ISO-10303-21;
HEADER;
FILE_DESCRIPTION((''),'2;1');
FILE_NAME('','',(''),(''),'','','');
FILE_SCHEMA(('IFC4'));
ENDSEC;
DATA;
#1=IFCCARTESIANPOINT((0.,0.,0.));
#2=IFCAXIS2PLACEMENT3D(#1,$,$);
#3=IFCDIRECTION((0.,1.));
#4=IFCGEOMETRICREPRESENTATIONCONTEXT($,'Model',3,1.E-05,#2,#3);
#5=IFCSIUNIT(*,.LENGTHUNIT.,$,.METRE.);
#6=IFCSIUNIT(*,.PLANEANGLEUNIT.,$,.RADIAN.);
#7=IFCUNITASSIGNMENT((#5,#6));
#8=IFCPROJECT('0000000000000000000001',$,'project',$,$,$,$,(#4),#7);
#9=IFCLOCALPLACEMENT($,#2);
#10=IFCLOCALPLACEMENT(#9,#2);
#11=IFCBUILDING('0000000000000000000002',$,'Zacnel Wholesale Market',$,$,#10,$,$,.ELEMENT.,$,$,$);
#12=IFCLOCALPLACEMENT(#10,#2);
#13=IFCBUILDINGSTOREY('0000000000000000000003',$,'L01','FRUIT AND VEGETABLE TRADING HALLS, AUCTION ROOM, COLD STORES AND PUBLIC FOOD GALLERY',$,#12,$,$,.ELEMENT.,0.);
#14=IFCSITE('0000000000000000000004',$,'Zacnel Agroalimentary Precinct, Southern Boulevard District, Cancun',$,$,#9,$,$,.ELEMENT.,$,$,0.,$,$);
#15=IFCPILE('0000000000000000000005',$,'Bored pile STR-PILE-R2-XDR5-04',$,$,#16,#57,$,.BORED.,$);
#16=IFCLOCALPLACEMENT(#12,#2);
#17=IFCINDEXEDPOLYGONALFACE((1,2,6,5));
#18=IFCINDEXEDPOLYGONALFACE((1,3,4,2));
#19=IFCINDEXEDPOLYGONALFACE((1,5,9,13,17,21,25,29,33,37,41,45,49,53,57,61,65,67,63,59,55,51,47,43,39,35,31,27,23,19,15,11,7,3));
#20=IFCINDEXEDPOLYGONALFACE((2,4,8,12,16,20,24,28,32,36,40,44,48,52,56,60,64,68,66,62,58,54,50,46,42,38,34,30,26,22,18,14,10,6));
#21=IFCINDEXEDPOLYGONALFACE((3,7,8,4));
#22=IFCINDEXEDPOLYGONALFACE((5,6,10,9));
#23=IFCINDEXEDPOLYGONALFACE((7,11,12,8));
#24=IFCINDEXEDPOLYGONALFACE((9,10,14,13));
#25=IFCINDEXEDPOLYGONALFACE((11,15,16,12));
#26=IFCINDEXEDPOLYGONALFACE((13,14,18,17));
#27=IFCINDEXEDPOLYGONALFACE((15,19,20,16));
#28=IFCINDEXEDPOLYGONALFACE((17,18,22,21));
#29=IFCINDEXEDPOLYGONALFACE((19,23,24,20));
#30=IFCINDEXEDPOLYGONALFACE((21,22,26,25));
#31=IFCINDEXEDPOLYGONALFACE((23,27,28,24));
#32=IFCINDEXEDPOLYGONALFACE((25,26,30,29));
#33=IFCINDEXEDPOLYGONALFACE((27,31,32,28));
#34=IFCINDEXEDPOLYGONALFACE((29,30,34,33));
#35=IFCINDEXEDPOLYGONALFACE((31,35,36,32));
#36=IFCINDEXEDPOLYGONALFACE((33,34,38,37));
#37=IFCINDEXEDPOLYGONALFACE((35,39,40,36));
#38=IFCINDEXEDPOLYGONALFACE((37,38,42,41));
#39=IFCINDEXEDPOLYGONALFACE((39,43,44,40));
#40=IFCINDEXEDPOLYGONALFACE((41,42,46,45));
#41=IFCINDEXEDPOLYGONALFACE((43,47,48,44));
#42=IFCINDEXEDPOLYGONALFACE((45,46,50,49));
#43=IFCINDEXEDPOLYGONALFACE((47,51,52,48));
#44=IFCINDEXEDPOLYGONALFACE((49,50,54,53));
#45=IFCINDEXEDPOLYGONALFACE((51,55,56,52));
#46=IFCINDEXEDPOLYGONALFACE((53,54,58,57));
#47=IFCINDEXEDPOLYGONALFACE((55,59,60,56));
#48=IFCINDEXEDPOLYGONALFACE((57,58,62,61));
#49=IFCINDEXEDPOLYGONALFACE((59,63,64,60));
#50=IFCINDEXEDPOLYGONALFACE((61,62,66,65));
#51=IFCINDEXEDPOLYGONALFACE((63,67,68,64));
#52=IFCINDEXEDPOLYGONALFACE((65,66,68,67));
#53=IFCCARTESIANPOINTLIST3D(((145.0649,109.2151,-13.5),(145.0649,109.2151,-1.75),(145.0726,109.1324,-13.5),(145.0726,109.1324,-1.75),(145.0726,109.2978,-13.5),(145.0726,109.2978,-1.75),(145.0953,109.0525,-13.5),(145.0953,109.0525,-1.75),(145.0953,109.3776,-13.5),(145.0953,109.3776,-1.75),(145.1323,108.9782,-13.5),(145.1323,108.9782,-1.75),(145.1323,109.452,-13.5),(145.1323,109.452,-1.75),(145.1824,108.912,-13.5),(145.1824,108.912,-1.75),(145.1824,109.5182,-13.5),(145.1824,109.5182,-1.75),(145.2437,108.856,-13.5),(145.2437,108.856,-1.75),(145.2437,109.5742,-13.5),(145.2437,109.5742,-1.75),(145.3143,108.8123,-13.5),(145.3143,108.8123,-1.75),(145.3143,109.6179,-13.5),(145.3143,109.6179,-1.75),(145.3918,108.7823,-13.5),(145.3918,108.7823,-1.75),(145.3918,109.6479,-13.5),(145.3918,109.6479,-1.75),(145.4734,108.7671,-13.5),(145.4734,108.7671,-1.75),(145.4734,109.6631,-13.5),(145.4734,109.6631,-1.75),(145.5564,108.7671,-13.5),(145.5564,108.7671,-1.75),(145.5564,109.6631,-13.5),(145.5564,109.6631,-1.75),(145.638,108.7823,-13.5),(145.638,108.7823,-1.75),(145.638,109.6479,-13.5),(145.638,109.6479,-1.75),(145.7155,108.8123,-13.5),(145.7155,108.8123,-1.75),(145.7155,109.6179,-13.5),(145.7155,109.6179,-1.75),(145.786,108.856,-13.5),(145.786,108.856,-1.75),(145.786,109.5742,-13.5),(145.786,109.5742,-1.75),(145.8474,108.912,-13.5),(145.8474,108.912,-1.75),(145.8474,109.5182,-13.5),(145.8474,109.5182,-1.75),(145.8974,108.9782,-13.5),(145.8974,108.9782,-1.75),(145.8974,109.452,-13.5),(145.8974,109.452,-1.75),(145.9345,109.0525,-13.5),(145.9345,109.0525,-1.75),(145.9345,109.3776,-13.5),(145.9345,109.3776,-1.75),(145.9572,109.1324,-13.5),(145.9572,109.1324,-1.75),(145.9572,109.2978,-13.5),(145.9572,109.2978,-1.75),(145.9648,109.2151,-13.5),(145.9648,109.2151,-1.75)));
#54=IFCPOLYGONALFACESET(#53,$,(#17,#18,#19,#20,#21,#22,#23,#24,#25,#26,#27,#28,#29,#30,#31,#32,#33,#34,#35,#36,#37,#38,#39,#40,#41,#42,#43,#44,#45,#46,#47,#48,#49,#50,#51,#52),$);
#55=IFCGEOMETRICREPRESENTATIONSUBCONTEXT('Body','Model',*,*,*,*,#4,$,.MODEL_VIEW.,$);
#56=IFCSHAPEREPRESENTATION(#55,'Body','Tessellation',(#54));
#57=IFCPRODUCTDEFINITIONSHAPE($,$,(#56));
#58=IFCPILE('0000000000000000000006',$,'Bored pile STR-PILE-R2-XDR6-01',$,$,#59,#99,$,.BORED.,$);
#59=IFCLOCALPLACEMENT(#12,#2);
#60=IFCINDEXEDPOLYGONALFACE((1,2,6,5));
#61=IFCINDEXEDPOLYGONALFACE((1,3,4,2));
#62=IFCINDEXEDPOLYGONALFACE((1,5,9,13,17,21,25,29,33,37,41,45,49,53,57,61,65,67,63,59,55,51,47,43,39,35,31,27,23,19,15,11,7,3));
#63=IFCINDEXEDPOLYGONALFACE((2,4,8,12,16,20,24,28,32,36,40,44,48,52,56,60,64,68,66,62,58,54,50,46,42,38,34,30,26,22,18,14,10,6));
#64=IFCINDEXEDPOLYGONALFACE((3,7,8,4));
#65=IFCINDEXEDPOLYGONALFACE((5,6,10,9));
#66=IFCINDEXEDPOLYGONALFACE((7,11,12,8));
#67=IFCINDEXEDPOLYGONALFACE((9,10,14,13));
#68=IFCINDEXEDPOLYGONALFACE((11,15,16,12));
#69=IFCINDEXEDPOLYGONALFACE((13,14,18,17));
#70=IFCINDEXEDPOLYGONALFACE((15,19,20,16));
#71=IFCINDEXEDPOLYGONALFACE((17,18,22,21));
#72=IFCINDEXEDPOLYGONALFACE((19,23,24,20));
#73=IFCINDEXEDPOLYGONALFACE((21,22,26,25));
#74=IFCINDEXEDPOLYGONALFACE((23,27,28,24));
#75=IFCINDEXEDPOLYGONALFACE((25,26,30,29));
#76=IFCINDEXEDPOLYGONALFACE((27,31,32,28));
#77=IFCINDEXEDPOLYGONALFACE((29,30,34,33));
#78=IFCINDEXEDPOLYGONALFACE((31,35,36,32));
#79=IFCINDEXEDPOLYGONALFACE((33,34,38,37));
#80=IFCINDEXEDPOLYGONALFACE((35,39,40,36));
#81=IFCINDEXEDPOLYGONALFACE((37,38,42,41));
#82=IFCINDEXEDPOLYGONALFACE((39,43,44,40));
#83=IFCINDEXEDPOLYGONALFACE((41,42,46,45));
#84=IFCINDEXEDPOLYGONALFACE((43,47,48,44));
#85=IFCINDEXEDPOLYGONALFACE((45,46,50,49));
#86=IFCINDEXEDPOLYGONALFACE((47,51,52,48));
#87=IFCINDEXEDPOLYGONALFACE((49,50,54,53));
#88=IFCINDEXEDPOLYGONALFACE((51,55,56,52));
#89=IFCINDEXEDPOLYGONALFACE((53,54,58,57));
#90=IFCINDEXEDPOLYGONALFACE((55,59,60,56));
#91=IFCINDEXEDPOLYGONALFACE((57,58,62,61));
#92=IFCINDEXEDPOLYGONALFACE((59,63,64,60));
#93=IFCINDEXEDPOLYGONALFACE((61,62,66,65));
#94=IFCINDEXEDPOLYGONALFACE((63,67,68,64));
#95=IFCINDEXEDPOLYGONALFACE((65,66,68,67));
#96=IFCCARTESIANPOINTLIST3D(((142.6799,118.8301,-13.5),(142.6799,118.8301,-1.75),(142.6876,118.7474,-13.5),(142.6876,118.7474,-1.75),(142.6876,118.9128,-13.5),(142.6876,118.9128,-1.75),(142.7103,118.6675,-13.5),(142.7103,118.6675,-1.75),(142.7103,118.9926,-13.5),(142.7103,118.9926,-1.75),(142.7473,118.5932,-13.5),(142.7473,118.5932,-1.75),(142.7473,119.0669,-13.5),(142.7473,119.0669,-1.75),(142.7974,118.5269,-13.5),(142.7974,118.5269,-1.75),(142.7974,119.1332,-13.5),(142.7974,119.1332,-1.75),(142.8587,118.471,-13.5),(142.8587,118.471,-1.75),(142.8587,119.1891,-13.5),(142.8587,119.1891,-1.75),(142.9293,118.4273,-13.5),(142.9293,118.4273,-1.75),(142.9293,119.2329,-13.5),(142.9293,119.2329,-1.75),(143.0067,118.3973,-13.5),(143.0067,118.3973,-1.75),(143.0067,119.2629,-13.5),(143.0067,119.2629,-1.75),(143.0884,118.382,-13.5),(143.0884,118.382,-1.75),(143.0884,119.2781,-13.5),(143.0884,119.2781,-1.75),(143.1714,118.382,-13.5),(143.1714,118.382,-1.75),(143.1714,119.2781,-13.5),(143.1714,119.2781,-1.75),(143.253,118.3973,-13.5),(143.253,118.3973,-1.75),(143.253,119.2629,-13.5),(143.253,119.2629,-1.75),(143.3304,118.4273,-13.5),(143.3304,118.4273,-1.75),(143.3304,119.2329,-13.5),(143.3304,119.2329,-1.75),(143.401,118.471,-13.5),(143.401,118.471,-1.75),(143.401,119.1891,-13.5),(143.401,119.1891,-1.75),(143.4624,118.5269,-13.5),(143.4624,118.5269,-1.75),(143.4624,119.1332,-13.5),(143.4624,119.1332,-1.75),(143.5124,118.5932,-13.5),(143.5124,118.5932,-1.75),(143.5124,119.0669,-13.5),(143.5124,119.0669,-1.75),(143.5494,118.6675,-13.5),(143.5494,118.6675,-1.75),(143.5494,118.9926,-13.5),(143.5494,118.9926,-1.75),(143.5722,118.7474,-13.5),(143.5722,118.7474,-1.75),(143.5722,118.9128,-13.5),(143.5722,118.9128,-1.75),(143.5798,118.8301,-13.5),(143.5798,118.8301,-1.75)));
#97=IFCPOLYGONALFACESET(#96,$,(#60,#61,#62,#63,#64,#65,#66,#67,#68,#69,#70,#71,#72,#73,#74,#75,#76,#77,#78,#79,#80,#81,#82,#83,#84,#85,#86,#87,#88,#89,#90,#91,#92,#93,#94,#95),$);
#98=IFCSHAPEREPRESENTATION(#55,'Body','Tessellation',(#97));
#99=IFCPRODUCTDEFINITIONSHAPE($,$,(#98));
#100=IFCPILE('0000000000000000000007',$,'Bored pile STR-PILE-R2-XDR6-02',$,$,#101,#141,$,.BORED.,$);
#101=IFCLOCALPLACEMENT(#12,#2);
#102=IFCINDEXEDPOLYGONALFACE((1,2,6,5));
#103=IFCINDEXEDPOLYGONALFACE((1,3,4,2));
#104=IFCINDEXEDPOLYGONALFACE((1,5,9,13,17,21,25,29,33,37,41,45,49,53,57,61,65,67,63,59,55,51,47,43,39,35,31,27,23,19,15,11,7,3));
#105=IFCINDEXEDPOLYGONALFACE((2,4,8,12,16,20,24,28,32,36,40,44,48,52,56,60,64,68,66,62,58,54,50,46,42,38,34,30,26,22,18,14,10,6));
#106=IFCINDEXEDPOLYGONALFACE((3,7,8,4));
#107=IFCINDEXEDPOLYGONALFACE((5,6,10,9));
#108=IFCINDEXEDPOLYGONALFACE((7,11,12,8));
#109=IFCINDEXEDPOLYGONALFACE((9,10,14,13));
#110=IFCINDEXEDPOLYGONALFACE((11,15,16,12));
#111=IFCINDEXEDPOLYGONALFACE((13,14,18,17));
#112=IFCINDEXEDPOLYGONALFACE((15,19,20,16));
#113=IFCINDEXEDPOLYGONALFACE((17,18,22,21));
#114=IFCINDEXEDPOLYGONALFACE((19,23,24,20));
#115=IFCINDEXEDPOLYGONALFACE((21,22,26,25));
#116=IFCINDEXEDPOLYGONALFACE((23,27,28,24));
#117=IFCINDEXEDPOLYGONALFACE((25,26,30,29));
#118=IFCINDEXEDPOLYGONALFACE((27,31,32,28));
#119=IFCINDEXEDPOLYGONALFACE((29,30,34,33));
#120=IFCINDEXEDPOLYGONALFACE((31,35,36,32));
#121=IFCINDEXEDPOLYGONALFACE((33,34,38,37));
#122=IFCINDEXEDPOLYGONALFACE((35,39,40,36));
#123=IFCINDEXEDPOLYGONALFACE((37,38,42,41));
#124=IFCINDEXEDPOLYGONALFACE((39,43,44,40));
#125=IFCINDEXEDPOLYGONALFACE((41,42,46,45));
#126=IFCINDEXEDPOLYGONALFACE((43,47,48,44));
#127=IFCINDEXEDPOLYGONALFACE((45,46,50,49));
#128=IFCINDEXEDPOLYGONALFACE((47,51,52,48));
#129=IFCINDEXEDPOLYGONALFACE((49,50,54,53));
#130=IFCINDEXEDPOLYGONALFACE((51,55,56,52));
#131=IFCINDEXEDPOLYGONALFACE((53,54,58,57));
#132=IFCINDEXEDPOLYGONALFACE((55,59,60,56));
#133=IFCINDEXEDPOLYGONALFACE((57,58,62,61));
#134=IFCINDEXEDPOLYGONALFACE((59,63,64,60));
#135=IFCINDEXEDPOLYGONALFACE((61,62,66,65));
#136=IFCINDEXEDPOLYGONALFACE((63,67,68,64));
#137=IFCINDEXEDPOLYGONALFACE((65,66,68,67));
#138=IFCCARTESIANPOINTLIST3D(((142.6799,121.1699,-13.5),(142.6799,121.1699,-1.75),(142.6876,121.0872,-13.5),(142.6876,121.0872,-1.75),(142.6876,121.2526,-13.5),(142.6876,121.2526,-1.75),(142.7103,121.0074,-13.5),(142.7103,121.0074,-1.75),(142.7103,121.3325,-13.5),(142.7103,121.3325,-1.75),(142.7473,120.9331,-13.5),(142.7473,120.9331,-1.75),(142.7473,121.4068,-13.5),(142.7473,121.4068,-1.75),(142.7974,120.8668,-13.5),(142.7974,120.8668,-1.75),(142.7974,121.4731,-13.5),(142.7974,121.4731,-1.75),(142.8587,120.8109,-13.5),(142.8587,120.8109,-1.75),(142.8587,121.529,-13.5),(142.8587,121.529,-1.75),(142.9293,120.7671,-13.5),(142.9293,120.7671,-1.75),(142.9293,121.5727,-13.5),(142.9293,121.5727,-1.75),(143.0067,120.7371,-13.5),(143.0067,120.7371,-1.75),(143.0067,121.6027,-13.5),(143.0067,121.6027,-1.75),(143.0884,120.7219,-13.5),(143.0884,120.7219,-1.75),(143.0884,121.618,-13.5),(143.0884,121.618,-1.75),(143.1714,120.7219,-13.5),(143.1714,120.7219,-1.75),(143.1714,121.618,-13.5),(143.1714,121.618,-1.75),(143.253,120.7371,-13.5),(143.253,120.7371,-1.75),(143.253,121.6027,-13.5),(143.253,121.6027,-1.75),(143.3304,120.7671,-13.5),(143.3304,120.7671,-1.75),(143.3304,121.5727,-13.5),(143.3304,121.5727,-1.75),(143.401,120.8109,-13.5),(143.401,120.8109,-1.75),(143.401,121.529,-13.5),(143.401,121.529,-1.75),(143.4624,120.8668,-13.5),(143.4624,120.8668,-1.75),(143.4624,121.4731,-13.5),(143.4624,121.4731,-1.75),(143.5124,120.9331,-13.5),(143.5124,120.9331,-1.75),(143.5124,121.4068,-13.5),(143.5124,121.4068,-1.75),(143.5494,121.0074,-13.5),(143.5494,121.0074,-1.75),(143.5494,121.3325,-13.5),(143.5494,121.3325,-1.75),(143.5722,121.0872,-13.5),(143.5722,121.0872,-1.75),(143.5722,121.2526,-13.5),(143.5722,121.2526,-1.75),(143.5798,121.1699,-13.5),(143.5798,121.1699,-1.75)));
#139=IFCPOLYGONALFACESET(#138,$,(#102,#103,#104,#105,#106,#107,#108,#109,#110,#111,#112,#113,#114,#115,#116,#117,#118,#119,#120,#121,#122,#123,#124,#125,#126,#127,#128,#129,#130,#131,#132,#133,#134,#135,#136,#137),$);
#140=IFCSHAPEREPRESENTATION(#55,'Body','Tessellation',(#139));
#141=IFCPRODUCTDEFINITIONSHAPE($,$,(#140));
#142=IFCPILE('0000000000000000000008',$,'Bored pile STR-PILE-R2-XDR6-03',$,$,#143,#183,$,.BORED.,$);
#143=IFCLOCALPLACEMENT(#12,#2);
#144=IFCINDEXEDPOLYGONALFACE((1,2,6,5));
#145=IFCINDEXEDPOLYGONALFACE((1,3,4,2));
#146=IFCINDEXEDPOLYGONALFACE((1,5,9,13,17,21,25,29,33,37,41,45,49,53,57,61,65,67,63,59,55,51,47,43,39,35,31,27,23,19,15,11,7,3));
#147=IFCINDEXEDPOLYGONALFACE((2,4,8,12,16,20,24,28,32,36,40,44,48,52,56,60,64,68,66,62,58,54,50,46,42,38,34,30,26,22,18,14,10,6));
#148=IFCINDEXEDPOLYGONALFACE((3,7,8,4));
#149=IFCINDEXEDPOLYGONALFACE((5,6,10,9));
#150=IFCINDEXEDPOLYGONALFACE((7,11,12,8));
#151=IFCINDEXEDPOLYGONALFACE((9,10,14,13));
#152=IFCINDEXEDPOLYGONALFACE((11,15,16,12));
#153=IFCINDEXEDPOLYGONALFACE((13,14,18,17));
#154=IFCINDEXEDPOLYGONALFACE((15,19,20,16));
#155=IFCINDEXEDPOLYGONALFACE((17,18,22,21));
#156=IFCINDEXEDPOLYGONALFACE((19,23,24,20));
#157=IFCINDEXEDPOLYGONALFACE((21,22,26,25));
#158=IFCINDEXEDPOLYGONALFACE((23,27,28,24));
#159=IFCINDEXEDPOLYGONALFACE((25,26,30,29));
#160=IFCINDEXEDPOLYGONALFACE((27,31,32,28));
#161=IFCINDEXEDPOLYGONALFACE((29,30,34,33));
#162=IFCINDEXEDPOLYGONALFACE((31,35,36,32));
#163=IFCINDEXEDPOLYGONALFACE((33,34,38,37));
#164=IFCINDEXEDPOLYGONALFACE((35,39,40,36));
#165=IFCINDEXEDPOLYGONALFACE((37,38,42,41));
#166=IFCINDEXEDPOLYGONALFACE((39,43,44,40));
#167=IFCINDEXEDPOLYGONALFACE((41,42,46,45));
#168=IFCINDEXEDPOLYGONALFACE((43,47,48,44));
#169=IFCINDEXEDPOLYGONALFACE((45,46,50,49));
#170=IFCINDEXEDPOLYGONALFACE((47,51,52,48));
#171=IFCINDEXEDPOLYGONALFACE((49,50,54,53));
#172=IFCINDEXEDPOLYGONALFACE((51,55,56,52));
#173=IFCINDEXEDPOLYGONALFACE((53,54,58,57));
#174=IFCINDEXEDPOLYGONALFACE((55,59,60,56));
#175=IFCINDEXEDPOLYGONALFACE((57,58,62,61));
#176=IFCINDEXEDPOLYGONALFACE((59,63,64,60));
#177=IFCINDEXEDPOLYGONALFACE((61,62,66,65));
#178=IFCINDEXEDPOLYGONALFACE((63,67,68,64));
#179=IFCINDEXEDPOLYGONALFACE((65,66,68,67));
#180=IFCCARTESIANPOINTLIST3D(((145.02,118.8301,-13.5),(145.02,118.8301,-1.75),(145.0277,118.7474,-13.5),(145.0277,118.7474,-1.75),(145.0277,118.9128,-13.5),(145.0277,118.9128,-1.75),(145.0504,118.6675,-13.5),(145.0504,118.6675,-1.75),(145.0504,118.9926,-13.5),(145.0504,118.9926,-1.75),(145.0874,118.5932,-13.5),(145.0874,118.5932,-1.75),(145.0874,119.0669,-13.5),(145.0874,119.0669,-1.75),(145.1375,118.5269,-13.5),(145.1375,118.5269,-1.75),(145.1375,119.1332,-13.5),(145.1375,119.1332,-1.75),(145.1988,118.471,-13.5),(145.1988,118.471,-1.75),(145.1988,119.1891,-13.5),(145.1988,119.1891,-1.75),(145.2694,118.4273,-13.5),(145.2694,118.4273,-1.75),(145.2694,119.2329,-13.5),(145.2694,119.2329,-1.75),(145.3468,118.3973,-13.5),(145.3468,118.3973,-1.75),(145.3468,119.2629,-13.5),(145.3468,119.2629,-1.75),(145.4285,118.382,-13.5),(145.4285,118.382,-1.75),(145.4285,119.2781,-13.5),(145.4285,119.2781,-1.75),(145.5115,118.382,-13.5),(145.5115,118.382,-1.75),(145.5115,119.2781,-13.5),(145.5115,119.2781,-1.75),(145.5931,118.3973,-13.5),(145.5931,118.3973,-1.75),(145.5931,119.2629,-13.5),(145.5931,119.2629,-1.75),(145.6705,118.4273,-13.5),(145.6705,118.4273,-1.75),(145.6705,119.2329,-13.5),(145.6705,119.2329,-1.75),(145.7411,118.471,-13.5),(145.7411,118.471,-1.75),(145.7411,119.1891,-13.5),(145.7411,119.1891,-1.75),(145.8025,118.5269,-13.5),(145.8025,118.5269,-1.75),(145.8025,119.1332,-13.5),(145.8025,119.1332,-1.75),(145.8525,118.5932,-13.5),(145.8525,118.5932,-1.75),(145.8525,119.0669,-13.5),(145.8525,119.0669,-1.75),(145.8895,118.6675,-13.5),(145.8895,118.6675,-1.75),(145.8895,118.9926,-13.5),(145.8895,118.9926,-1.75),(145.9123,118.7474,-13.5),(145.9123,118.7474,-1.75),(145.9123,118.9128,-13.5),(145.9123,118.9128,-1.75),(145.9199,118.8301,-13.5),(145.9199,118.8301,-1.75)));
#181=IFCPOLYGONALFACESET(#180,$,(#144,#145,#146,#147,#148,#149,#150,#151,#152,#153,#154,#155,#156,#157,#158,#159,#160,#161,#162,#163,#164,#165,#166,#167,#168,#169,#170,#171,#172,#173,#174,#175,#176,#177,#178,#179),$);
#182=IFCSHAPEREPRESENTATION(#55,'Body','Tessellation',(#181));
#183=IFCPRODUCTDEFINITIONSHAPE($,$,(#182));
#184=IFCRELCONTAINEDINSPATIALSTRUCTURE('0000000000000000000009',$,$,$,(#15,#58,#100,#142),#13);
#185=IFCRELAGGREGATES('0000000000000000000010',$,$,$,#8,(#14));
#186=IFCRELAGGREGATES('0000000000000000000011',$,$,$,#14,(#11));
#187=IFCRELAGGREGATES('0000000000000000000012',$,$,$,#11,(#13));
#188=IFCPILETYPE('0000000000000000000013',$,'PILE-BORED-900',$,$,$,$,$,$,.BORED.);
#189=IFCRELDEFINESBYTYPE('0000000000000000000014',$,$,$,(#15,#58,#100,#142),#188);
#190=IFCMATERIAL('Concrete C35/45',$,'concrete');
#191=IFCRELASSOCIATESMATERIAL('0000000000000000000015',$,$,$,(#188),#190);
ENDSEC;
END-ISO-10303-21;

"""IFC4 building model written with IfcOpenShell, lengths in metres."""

from ifc_helpers import new_model, si_unit, direction, frame, origin, origin_2d, place, context, subcontext, project, spatial, circle, extrude, material, material_profile, profile_set, type_object, element, save


model = new_model("IFC4")

# Units and contexts
model_context = context("Model", 3, precision=1e-05, world=origin(), true_north=direction((0.0, 1.0)))
body_context = subcontext(model_context, "Body", "Model", "MODEL_VIEW")
ifc_project = project(units=[si_unit("LENGTHUNIT", "METRE"), si_unit("PLANEANGLEUNIT", "RADIAN")], contexts=[model_context])

# Site, building, storey
site_placement = place(None, origin())
site = spatial("IfcSite", under=ifc_project, at=site_placement, Name="Zacnel Agroalimentary Precinct, Southern Boulevard District, Cancun", CompositionType="ELEMENT", RefElevation=0.0)
building_placement = place(site_placement, origin())
building = spatial("IfcBuilding", under=site, at=building_placement, Name="Zacnel Wholesale Market", CompositionType="ELEMENT")
storey_placement = place(building_placement, origin())
storey = spatial("IfcBuildingStorey", under=building, at=storey_placement, Name="L01", Description="FRUIT AND VEGETABLE TRADING HALLS, AUCTION ROOM, COLD STORES AND PUBLIC FOOD GALLERY", CompositionType="ELEMENT", Elevation=0.0)

# Piles
ifc_material_1 = material(Name="Concrete C35/45", Category="concrete")
ifc_material_profile_1 = material_profile(ifc_material_1, circle(Radius=0.45, at=origin_2d()), Name="BORED PILE D900")
ifc_profile_set_1 = profile_set([ifc_material_profile_1], Name="Concrete C35/45")
pile_type_1 = type_object("IfcPileType", Name="PILE-BORED-900", PredefinedType="BORED", material=ifc_profile_set_1)
for number, where, z_axis, x_axis, name in (
    (1, (145.5149, 109.2151, -1.75), (0.0, 0.0, -1.0), (1.0, 0.0, 0.0), "Bored pile STR-PILE-R2-XDR5-04"),
    (2, (143.1299, 118.8301, -1.75), (0.0, 0.0, -1.0), (1.0, 0.0, 0.0), "Bored pile STR-PILE-R2-XDR6-01"),
    (3, (143.1299, 121.1699, -1.75), (0.0, 0.0, -1.0), (1.0, 0.0, 0.0), "Bored pile STR-PILE-R2-XDR6-02"),
    (4, (145.47, 118.8301, -1.75), (0.0, 0.0, -1.0), (1.0, 0.0, 0.0), "Bored pile STR-PILE-R2-XDR6-03"),
):
    element("IfcPile", number, at=place(storey_placement, frame(where, z_axis=z_axis, x_axis=x_axis)), inside=storey, type_object=pile_type_1, Name=name, PredefinedType="BORED", context=body_context, shape_type="SweptSolid", body=[
        extrude(circle(Radius=0.45, at=origin_2d()), origin(), (0.0, 0.0, 1.0), 11.75),
    ])

save(model, "model.ifc")
